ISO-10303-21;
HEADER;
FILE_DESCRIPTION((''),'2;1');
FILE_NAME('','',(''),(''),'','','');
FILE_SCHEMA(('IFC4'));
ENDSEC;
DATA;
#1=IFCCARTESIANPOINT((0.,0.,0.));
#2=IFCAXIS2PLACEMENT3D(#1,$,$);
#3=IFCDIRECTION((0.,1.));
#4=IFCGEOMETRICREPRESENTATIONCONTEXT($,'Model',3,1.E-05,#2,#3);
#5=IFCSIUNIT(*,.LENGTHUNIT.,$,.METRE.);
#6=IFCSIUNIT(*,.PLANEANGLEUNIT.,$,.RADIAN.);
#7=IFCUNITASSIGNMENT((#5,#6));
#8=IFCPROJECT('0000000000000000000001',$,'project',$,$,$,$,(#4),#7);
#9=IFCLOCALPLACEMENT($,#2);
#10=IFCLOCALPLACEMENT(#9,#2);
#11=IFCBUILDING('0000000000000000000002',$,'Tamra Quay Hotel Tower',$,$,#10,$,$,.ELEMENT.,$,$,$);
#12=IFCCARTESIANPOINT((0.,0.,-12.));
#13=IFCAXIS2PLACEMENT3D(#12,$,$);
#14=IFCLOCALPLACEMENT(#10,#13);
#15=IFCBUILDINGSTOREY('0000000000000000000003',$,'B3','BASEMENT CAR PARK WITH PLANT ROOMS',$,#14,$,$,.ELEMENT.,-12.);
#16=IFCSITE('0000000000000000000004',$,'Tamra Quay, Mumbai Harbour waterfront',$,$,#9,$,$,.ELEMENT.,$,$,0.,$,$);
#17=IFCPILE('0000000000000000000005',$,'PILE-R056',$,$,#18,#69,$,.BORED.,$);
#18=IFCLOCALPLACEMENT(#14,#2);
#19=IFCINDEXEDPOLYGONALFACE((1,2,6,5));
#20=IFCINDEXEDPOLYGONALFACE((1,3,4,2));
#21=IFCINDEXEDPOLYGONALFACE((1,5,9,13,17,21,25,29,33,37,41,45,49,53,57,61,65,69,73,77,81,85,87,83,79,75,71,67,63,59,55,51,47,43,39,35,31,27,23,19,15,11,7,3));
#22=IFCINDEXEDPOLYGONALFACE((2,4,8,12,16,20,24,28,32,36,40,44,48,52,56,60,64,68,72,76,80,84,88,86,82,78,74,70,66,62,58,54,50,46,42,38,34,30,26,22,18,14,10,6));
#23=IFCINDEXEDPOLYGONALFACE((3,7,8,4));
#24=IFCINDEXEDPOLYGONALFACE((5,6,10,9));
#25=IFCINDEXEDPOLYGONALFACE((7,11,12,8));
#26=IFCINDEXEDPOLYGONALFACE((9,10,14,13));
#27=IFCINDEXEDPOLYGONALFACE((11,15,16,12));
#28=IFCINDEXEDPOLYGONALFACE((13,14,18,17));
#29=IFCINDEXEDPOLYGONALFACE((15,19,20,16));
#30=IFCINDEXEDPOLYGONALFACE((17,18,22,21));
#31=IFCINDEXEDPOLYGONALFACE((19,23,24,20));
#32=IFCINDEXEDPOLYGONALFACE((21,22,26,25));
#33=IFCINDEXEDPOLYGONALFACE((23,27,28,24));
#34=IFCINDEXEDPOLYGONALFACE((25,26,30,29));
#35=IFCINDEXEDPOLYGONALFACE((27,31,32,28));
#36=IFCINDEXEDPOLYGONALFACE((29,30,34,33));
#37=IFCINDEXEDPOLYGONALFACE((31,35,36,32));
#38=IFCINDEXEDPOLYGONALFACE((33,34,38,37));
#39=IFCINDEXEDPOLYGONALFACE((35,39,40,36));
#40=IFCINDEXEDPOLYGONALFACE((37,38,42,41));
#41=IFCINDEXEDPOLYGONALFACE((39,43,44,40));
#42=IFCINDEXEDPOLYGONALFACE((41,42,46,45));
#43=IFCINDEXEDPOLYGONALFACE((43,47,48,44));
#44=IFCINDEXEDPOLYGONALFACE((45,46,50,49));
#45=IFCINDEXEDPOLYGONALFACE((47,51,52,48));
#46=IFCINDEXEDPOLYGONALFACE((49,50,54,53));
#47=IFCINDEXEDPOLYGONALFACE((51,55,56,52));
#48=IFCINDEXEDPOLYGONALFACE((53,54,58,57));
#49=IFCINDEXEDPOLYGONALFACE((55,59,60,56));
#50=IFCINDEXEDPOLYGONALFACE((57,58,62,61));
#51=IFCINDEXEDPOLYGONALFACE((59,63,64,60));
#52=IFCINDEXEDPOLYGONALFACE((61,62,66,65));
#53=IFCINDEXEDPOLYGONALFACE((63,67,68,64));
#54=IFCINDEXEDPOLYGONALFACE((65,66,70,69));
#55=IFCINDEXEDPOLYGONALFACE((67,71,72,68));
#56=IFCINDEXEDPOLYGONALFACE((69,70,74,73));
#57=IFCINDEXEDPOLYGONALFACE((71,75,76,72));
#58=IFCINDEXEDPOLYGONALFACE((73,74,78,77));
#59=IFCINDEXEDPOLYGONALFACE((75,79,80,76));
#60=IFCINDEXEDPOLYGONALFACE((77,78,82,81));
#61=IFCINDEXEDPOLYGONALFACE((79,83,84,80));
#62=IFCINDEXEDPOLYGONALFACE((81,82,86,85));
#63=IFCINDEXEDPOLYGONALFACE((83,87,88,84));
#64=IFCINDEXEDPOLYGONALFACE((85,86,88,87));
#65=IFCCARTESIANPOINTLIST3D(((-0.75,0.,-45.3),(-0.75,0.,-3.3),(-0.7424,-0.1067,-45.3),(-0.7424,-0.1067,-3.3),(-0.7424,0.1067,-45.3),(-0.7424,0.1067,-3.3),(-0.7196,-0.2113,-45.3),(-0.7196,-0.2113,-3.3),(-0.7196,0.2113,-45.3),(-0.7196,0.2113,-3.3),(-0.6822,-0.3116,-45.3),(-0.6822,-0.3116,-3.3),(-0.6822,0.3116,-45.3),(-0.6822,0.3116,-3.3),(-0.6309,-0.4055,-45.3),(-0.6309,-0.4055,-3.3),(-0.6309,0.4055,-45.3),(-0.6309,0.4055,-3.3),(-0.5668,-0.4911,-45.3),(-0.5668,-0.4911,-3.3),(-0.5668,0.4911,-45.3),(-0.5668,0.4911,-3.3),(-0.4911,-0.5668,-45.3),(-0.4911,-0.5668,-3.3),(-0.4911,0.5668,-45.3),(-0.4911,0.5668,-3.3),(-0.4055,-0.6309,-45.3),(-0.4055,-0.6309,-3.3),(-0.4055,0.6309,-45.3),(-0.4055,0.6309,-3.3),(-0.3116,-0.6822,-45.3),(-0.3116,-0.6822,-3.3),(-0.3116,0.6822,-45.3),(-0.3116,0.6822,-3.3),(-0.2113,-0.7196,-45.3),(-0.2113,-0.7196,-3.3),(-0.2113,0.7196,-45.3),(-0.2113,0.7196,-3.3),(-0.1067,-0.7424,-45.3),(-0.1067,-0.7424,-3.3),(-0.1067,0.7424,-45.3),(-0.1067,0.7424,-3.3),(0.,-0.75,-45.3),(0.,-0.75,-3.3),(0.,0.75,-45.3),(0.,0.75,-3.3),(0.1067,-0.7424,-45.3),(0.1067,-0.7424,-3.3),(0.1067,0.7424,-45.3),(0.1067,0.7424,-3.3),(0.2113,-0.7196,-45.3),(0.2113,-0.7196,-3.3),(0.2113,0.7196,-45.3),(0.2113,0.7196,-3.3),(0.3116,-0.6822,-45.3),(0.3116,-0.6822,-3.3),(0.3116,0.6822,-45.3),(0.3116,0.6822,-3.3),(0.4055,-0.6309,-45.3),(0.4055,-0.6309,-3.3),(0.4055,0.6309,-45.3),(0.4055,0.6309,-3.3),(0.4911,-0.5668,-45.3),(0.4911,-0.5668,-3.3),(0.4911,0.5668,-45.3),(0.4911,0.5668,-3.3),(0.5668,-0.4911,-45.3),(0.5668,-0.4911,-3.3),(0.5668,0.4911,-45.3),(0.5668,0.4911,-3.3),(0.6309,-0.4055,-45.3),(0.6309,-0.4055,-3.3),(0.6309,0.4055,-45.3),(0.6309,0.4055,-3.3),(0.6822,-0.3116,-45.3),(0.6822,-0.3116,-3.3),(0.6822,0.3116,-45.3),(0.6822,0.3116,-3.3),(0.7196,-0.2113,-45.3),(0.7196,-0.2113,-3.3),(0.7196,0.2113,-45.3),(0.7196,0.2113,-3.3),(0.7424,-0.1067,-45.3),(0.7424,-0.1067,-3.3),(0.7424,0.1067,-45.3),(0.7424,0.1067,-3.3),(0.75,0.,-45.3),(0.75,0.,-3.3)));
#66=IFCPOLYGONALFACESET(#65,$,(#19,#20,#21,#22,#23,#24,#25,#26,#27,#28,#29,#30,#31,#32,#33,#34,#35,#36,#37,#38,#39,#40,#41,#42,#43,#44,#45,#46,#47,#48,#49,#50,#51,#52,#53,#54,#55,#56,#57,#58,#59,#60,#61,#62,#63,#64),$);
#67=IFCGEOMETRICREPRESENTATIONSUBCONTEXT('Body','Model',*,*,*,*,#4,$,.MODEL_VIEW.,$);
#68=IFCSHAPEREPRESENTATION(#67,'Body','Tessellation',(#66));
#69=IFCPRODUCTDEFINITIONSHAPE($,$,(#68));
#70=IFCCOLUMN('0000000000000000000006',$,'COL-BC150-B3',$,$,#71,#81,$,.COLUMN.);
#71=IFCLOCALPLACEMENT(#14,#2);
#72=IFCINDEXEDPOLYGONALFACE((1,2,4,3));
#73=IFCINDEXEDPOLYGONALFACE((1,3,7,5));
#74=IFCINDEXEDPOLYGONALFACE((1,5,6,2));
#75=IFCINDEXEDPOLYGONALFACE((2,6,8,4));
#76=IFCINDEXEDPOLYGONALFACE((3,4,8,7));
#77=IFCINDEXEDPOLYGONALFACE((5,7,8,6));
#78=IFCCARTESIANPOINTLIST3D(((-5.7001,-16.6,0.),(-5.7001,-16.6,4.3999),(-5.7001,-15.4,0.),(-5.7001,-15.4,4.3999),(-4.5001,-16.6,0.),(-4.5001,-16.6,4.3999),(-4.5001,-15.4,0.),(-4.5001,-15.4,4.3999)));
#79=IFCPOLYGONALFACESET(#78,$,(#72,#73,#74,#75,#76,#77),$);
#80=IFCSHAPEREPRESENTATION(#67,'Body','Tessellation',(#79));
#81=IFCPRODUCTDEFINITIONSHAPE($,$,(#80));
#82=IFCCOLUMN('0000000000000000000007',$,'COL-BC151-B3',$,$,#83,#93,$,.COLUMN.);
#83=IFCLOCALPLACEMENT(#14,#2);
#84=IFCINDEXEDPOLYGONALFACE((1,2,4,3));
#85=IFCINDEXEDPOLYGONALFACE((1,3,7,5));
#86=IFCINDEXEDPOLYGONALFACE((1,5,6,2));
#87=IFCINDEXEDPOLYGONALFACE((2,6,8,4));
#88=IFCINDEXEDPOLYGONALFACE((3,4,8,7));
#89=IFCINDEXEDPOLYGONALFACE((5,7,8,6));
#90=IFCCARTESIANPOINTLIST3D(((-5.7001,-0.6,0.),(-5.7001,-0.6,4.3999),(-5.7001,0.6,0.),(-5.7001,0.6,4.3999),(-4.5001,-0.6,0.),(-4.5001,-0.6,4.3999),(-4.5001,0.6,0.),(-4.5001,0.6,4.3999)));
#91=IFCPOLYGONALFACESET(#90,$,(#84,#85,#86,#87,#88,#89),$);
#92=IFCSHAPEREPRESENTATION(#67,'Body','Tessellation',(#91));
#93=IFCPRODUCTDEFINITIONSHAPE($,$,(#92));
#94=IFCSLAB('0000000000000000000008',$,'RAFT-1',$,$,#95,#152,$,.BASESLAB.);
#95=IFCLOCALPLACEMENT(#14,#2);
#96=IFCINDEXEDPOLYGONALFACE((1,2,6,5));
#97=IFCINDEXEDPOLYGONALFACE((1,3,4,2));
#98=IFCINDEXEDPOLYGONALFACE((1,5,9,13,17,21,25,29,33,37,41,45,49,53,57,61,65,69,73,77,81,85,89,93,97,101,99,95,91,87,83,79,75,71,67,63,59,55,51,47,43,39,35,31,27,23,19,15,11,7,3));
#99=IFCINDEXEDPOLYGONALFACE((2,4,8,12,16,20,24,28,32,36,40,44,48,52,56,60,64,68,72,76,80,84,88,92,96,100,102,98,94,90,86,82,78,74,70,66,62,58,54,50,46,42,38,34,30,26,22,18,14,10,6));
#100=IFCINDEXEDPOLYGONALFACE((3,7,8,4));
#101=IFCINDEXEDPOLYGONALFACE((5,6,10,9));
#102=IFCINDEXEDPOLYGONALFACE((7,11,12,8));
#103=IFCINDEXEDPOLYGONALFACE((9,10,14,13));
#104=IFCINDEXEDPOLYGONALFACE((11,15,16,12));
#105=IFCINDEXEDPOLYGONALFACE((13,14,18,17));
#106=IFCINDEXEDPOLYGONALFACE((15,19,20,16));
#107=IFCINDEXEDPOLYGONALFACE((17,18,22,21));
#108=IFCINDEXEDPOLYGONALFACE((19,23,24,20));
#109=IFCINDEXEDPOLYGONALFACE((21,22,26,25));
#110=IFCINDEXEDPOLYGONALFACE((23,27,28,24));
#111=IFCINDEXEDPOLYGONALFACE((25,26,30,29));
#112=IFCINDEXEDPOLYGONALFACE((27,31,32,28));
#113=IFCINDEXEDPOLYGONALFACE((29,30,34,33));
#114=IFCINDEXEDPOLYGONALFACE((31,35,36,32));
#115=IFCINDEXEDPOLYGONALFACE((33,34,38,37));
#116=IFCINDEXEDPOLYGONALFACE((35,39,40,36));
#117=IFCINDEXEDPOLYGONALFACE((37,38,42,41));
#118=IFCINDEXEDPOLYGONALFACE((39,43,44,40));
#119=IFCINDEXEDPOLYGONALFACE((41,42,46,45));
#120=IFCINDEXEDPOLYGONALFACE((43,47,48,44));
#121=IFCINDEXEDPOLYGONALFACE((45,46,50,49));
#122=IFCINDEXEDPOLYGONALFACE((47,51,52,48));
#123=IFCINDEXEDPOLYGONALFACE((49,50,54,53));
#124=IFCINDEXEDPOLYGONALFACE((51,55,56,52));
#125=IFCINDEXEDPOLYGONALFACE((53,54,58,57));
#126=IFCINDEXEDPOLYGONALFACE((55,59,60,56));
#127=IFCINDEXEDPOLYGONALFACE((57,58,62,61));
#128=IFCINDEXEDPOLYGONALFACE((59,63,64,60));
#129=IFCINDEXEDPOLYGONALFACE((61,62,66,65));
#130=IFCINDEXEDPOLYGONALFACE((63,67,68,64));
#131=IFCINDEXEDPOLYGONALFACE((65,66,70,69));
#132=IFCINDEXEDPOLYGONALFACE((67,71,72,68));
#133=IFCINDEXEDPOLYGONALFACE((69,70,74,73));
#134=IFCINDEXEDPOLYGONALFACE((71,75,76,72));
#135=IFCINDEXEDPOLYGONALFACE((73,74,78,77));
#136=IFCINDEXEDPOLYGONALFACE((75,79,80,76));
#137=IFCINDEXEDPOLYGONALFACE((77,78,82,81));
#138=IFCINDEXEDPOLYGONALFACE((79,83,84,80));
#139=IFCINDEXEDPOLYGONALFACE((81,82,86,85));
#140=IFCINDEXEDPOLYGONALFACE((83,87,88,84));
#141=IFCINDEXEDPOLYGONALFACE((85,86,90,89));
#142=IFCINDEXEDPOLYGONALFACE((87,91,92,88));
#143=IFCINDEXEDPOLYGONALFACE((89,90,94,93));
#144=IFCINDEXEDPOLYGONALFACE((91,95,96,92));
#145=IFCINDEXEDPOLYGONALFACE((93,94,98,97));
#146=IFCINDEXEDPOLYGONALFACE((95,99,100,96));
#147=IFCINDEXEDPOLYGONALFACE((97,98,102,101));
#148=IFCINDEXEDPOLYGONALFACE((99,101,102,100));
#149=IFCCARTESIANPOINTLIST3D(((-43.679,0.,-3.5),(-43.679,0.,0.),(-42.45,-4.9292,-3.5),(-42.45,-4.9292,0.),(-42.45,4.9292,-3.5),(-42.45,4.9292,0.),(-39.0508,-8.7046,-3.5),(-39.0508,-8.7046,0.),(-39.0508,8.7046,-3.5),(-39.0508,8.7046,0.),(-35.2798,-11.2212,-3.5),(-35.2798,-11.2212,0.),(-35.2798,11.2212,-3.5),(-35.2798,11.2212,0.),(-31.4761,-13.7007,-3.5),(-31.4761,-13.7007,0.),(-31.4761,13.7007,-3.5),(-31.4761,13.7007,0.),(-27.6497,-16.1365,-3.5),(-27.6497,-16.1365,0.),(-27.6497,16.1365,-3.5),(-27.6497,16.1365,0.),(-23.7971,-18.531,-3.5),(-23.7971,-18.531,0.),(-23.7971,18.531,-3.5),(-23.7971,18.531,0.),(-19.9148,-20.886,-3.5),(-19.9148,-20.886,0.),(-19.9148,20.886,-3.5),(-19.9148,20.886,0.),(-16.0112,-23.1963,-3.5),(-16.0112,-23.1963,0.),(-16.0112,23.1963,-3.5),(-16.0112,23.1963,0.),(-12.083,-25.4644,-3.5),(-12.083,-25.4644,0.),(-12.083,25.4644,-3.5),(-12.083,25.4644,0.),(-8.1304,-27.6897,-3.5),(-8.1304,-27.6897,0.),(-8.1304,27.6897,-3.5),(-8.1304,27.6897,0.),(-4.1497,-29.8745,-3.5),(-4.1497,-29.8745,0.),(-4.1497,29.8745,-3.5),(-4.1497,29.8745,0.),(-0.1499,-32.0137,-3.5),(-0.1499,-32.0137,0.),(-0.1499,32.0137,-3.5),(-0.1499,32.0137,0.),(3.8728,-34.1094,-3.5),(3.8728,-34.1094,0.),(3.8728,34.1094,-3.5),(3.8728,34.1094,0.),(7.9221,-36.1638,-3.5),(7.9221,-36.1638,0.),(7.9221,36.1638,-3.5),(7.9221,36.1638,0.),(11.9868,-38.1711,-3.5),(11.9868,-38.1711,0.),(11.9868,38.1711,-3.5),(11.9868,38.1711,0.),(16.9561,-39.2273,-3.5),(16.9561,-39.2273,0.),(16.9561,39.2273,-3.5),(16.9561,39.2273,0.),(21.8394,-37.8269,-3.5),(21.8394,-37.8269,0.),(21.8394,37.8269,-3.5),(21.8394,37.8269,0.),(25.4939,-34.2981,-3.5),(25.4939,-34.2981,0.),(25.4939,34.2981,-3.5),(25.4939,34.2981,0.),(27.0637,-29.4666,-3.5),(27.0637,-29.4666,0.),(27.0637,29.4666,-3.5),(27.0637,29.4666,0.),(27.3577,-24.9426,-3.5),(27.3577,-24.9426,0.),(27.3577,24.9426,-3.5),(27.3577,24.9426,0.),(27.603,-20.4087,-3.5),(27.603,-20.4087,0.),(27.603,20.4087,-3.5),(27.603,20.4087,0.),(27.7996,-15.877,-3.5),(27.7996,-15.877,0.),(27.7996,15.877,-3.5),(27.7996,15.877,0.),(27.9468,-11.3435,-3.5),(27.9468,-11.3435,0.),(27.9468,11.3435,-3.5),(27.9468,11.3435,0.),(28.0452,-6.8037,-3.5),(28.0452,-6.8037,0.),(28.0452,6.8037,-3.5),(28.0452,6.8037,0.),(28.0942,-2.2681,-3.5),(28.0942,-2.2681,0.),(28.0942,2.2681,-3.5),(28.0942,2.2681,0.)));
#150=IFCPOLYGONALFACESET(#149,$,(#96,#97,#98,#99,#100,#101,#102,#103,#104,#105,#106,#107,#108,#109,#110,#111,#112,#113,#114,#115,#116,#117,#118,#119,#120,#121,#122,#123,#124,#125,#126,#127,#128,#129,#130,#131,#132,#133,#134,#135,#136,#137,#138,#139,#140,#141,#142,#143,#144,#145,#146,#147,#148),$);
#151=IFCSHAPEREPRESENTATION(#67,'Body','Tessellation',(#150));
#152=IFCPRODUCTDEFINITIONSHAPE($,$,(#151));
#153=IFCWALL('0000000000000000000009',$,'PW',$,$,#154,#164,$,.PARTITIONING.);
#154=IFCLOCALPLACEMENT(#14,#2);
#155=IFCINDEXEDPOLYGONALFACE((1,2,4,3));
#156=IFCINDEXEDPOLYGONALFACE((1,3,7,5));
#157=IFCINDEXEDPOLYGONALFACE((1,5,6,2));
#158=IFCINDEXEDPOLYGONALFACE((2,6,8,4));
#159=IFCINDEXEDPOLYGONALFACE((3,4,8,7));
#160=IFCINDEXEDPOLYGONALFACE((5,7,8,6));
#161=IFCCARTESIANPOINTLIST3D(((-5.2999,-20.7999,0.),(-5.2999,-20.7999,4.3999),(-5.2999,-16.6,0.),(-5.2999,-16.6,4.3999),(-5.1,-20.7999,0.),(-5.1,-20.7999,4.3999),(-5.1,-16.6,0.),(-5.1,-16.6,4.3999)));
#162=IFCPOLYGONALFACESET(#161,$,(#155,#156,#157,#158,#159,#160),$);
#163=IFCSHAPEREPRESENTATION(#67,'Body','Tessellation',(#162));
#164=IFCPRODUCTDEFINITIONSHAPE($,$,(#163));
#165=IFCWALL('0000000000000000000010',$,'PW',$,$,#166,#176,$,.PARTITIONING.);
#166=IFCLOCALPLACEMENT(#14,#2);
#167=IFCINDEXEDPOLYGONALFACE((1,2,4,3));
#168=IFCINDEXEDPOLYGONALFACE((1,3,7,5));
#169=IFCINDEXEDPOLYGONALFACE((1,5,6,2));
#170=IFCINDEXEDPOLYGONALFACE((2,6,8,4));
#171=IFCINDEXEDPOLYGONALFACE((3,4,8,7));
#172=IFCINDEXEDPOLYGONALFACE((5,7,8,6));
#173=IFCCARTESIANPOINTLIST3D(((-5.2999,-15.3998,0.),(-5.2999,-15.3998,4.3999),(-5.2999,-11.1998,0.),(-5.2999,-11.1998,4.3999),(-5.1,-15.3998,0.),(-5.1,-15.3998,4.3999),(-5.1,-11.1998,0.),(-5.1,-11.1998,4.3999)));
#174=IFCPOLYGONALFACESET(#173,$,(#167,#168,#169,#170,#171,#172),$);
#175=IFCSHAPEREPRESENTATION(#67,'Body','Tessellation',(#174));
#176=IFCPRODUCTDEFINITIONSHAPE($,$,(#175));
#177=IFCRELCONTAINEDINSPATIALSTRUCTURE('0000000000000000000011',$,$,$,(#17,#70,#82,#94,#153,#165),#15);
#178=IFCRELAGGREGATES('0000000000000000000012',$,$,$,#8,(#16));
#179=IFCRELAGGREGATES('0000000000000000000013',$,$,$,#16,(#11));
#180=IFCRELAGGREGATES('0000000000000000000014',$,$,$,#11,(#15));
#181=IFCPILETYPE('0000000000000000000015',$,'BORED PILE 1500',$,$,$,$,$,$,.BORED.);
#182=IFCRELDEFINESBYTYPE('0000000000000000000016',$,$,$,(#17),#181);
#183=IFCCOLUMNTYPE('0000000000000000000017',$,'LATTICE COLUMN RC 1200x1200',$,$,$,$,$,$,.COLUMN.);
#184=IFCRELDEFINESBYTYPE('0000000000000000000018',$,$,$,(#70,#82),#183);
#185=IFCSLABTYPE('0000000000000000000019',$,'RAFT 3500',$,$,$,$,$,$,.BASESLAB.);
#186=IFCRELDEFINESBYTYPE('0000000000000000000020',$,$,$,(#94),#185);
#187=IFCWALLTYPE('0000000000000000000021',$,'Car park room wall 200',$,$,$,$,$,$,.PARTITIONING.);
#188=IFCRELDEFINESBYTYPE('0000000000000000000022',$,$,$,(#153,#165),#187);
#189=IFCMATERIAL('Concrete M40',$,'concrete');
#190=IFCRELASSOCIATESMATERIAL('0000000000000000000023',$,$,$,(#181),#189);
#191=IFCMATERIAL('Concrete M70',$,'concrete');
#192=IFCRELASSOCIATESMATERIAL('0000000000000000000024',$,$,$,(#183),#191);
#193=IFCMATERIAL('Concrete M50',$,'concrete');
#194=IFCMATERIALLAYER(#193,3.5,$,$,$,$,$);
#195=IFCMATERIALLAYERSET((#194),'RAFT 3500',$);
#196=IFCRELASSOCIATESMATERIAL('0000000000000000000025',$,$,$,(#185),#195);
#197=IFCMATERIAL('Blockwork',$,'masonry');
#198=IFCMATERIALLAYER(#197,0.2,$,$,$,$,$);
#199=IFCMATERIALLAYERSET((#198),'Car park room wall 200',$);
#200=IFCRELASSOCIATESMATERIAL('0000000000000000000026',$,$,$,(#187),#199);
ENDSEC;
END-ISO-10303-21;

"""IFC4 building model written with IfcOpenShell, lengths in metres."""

from ifc_helpers import new_model, si_unit, direction, frame, frame_2d, origin, origin_2d, place, context, subcontext, project, spatial, polyline, rectangle, circle, outline, extrude, material, layer, layer_set, material_profile, profile_set, type_object, element, save


model = new_model("IFC4")

# Units and contexts
model_context = context("Model", 3, precision=1e-05, world=origin(), true_north=direction((0.0, 1.0)))
body_context = subcontext(model_context, "Body", "Model", "MODEL_VIEW")
ifc_project = project(units=[si_unit("LENGTHUNIT", "METRE"), si_unit("PLANEANGLEUNIT", "RADIAN")], contexts=[model_context])

# Site, building, storey
site_placement = place(None, origin())
site = spatial("IfcSite", under=ifc_project, at=site_placement, Name="Tamra Quay, Mumbai Harbour waterfront", CompositionType="ELEMENT", RefElevation=0.0)
building_placement = place(site_placement, origin())
building = spatial("IfcBuilding", under=site, at=building_placement, Name="Tamra Quay Hotel Tower", CompositionType="ELEMENT")
storey_placement = place(building_placement, frame((0.0, 0.0, -12.0)))
storey = spatial("IfcBuildingStorey", under=building, at=storey_placement, Name="B3", Description="BASEMENT CAR PARK WITH PLANT ROOMS", CompositionType="ELEMENT", Elevation=-12.0)

# Pile
ifc_material_1 = material(Name="Concrete M40", Category="concrete")
ifc_material_profile_1 = material_profile(ifc_material_1, circle(Radius=0.75, at=origin_2d()), Name="BORED PILE 1500")
ifc_profile_set_1 = profile_set([ifc_material_profile_1], Name="Concrete M40")
pile_type = type_object("IfcPileType", Name="BORED PILE 1500", PredefinedType="BORED", material=ifc_profile_set_1)
for number, where, z_axis, x_axis, name in (
    (1, (0.0, 0.0, -3.3), (0.0, 0.0, -1.0), (1.0, 0.0, 0.0), "PILE-R056"),
):
    element("IfcPile", number, at=place(storey_placement, frame(where, z_axis=z_axis, x_axis=x_axis)), inside=storey, type_object=pile_type, Name=name, PredefinedType="BORED", context=body_context, shape_type="SweptSolid", body=[
        extrude(circle(Radius=0.75, at=origin_2d()), origin(), (0.0, 0.0, 1.0), 42.0),
    ])

# Columns
ifc_material_2 = material(Name="Concrete M70", Category="concrete")
ifc_material_profile_2 = material_profile(ifc_material_2, rectangle(XDim=1.2, YDim=1.2, at=origin_2d()), Name="LATTICE COLUMN RC 1200x1200")
ifc_profile_set_2 = profile_set([ifc_material_profile_2], Name="Concrete M70")
column_type = type_object("IfcColumnType", Name="LATTICE COLUMN RC 1200x1200", PredefinedType="COLUMN", material=ifc_profile_set_2)
for number, where, z_axis, x_axis, name in (
    (2, (-5.1001, -16.0, 0.0), (0.0, 0.0, 1.0), (1.0, 0.0, 0.0), "COL-BC150-B3"),
    (3, (-5.1001, 0.0, 0.0), (0.0, 0.0, 1.0), (1.0, 0.0, 0.0), "COL-BC151-B3"),
):
    element("IfcColumn", number, at=place(storey_placement, frame(where, z_axis=z_axis, x_axis=x_axis)), inside=storey, type_object=column_type, Name=name, PredefinedType="COLUMN", context=body_context, shape_type="SweptSolid", body=[
        extrude(rectangle(XDim=1.2, YDim=1.2, at=origin_2d()), origin(), (0.0, 0.0, 1.0), 4.3999),
    ])

# Slab
ifc_material_3 = material(Name="Concrete M50", Category="concrete")
ifc_layer_1 = layer(ifc_material_3, 3.5)
ifc_layer_set_1 = layer_set([ifc_layer_1], Name="RAFT 3500")
slab_type = type_object("IfcSlabType", Name="RAFT 3500", PredefinedType="BASESLAB", material=ifc_layer_set_1)
slab_placement = place(storey_placement, frame((0.0, 0.0, -3.5)))
element("IfcSlab", 4, at=slab_placement, inside=storey, type_object=slab_type, Name="RAFT-1", PredefinedType="BASESLAB", context=body_context, shape_type="SweptSolid", body=[
    extrude(outline(polyline([(27.0637, 29.4666), (25.4939, 34.2981), (21.8394, 37.8269), (16.9561, 39.2273), (11.9868, 38.1711), (7.9221, 36.1638), (3.8728, 34.1094), (-0.1499, 32.0137), (-4.1497, 29.8745), (-8.1304, 27.6897), (-12.083, 25.4644), (-16.0112, 23.1963), (-19.9148, 20.886), (-23.7971, 18.531), (-27.6497, 16.1365), (-31.4761, 13.7007), (-35.2798, 11.2212), (-39.0508, 8.7046), (-42.45, 4.9292), (-43.679, 0.0), (-42.45, -4.9292), (-39.0508, -8.7046), (-35.2798, -11.2212), (-31.4761, -13.7007), (-27.6497, -16.1365), (-23.7971, -18.531), (-19.9148, -20.886), (-16.0112, -23.1963), (-12.083, -25.4644), (-8.1304, -27.6897), (-4.1497, -29.8745), (-0.1499, -32.0137), (3.8728, -34.1094), (7.9221, -36.1638), (11.9868, -38.1711), (16.9561, -39.2273), (21.8394, -37.8269), (25.4939, -34.2981), (27.0637, -29.4666), (27.3577, -24.9426), (27.603, -20.4087), (27.7996, -15.877), (27.9468, -11.3435), (28.0452, -6.8037), (28.0942, -2.2681), (28.0942, 2.2681), (28.0452, 6.8037), (27.9468, 11.3435), (27.7996, 15.877), (27.603, 20.4087), (27.3577, 24.9426), (27.0637, 29.4666)])), origin(), (0.0, 0.0, 1.0), 3.5),
])

# Walls
ifc_material_4 = material(Name="Blockwork", Category="masonry")
ifc_layer_2 = layer(ifc_material_4, 0.2)
ifc_layer_set_2 = layer_set([ifc_layer_2], Name="Car park room wall 200")
wall_type_1 = type_object("IfcWallType", Name="Car park room wall 200", PredefinedType="PARTITIONING", material=ifc_layer_set_2)
for number, where, z_axis, x_axis, name in (
    (5, (-5.2, -20.8, 0.0), (0.0, 0.0, 1.0), (0.0, 1.0, 0.0), "PW"),
    (6, (-5.2, -15.3999, 0.0), (0.0, 0.0, 1.0), (0.0, 1.0, 0.0), "PW"),
):
    element("IfcWall", number, at=place(storey_placement, frame(where, z_axis=z_axis, x_axis=x_axis)), inside=storey, type_object=wall_type_1, Name=name, PredefinedType="PARTITIONING", context=body_context, shape_type="SweptSolid", body=[
        extrude(rectangle(XDim=4.2, YDim=0.2, at=frame_2d((2.1001, 0.0))), origin(), (0.0, 0.0, 1.0), 4.3999),
    ])

save(model, "model.ifc")
